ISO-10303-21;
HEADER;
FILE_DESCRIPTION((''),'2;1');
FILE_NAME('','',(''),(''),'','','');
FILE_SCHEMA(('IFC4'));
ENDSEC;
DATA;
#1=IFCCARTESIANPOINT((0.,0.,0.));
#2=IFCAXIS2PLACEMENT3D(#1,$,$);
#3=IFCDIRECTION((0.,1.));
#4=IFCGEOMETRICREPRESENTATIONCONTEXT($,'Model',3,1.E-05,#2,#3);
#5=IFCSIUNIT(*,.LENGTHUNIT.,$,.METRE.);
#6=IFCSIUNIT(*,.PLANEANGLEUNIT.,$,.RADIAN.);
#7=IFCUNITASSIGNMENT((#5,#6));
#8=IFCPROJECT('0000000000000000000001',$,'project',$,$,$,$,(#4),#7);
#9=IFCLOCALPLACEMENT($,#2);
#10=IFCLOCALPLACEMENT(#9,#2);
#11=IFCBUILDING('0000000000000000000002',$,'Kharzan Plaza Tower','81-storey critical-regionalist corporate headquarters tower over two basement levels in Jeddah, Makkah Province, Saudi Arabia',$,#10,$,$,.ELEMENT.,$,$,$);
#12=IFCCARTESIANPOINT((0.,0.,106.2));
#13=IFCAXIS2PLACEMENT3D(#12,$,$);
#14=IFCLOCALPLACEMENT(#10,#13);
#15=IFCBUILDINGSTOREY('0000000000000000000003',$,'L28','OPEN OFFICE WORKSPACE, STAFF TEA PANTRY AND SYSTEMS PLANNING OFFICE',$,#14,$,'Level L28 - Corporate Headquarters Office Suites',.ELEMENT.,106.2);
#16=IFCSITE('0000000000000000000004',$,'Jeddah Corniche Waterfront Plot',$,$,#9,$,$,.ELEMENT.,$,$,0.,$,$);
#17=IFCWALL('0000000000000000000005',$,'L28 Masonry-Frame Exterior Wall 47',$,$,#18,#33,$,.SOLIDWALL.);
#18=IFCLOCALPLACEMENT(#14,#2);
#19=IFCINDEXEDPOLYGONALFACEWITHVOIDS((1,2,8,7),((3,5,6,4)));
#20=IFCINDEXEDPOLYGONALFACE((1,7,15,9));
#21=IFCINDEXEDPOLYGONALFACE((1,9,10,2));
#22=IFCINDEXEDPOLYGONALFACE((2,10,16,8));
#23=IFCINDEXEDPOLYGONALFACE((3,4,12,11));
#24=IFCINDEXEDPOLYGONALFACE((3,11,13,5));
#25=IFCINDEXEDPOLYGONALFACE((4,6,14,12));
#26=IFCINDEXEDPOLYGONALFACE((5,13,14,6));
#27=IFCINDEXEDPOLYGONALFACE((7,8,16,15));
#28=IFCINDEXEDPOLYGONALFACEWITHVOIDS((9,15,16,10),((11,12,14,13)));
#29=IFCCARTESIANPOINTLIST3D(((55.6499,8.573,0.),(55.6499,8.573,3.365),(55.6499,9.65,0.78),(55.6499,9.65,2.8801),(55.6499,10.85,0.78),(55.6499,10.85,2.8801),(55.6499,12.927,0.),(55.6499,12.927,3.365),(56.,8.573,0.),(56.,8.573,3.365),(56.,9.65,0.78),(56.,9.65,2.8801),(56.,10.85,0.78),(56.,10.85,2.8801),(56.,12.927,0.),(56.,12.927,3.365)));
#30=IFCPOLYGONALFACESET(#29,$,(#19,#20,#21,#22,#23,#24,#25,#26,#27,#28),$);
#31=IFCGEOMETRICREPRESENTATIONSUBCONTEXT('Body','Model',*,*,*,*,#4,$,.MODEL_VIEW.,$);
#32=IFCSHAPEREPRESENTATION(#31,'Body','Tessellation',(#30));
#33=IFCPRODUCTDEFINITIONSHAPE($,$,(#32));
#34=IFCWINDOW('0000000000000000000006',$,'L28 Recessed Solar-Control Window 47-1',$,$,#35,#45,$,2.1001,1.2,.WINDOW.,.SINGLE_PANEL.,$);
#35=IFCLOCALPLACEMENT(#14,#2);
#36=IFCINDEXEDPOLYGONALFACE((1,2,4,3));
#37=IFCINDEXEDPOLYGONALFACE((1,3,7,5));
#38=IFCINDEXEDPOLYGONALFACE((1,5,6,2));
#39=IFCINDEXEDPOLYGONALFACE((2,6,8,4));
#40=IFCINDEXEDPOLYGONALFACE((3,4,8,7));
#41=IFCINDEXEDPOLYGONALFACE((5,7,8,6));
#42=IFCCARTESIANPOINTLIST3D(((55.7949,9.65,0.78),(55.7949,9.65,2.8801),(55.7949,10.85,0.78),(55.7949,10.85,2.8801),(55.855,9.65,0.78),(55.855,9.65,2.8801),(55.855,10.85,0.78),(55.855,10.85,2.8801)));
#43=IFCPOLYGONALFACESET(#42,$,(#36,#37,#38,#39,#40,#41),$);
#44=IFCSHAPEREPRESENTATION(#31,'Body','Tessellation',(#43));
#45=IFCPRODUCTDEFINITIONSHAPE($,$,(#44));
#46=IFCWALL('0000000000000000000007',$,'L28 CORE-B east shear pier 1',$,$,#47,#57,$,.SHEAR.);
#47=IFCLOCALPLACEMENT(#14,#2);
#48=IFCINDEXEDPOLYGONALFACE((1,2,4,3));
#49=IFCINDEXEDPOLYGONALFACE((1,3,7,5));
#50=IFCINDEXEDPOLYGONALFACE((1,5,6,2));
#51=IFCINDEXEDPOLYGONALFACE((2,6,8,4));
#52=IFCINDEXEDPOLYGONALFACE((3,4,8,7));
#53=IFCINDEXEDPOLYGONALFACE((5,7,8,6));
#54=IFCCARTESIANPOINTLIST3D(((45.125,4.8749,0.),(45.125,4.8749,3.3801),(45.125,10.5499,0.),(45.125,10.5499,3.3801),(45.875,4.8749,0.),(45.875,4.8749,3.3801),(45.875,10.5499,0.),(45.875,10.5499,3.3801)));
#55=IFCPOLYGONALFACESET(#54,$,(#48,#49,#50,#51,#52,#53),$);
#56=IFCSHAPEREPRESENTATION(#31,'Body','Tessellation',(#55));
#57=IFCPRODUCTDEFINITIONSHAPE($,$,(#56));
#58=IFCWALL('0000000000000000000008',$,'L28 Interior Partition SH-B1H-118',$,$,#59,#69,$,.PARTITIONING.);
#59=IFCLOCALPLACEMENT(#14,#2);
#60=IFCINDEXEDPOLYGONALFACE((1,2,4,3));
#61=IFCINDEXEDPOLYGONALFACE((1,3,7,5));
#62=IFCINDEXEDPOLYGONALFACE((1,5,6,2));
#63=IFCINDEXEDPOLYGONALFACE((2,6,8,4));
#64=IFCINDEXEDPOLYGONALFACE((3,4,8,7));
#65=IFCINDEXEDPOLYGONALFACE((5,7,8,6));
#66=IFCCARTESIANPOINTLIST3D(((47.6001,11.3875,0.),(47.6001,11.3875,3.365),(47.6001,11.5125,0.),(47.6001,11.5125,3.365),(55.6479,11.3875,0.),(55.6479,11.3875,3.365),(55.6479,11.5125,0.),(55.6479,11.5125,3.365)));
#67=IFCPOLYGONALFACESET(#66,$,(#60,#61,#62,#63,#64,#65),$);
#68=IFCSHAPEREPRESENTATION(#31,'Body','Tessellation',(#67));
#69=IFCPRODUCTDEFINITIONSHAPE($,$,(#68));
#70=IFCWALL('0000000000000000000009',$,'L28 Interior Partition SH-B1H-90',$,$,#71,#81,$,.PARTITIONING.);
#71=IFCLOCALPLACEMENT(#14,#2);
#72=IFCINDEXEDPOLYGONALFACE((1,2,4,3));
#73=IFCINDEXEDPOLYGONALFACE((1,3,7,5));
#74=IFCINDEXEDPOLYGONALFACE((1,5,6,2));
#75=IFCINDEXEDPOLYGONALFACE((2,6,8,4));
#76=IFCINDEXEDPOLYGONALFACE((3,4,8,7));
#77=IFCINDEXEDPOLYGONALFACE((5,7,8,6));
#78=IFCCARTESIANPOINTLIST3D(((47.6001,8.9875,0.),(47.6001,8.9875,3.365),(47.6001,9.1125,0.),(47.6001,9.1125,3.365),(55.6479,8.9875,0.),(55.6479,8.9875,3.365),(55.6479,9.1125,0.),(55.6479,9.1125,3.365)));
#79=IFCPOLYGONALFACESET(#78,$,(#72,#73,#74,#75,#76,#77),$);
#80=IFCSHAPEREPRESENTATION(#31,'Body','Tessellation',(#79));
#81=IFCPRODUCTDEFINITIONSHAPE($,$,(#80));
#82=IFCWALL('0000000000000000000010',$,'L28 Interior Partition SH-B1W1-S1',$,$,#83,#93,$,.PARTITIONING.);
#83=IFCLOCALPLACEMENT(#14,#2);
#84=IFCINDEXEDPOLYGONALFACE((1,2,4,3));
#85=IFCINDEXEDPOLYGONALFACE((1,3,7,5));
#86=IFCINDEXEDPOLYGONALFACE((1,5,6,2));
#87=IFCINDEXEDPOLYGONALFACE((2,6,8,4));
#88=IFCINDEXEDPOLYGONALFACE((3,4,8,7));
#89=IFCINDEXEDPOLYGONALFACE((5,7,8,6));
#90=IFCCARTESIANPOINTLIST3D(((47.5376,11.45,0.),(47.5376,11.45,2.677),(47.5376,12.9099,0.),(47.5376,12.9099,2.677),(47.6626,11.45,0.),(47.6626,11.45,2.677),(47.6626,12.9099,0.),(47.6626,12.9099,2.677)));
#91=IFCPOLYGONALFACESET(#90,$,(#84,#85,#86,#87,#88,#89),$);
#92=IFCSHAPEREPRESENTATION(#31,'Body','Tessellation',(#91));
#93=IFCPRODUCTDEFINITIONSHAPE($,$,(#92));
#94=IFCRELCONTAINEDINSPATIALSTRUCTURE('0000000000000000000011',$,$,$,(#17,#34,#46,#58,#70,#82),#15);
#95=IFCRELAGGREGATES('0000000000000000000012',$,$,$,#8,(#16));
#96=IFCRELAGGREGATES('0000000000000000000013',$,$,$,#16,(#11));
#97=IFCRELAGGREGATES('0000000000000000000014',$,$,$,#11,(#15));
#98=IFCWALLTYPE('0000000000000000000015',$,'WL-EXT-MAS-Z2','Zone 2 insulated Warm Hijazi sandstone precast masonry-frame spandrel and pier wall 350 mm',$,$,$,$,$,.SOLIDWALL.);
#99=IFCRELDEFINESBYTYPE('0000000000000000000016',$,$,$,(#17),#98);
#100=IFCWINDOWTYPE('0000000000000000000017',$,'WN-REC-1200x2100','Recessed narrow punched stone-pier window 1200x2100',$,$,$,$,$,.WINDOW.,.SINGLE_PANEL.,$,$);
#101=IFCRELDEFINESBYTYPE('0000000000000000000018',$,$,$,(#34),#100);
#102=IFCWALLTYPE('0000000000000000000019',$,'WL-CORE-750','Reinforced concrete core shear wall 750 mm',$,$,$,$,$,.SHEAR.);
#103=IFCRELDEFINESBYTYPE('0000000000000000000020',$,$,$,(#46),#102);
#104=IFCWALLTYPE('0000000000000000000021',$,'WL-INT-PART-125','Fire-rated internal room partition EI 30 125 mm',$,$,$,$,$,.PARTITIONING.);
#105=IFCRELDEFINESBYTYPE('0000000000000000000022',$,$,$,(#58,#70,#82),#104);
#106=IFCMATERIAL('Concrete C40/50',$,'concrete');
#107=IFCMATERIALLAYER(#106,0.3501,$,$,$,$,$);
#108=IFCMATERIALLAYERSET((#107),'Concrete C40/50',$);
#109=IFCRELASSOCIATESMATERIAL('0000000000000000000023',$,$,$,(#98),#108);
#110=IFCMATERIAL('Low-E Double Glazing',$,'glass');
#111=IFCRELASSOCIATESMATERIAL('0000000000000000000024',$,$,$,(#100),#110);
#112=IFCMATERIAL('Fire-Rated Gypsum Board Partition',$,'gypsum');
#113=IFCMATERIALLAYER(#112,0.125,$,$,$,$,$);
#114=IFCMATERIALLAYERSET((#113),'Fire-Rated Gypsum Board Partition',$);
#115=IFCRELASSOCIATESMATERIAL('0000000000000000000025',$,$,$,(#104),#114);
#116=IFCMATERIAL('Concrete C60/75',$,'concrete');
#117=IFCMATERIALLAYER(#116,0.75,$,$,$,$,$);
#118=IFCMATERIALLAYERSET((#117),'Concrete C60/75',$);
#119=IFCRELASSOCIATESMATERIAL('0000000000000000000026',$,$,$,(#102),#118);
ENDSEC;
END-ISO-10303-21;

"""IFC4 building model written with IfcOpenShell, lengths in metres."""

from ifc_helpers import new_model, si_unit, direction, frame, frame_2d, origin, place, context, subcontext, project, spatial, rectangle, extrude, source, transform, mapped, material, layer, layer_set, type_object, element, fill, save


model = new_model("IFC4")

# Units and contexts
model_context = context("Model", 3, precision=1e-05, world=origin(), true_north=direction((0.0, 1.0)))
body_context = subcontext(model_context, "Body", "Model", "MODEL_VIEW")
ifc_project = project(units=[si_unit("LENGTHUNIT", "METRE"), si_unit("PLANEANGLEUNIT", "RADIAN")], contexts=[model_context])

# Site, building, storey
site_placement = place(None, origin())
site = spatial("IfcSite", under=ifc_project, at=site_placement, Name="Jeddah Corniche Waterfront Plot", CompositionType="ELEMENT", RefElevation=0.0)
building_placement = place(site_placement, origin())
building = spatial("IfcBuilding", under=site, at=building_placement, Name="Kharzan Plaza Tower", Description="81-storey critical-regionalist corporate headquarters tower over two basement levels in Jeddah, Makkah Province, Saudi Arabia", CompositionType="ELEMENT")
storey_placement = place(building_placement, frame((0.0, 0.0, 106.2)))
storey = spatial("IfcBuildingStorey", under=building, at=storey_placement, Name="L28", Description="OPEN OFFICE WORKSPACE, STAFF TEA PANTRY AND SYSTEMS PLANNING OFFICE", LongName="Level L28 - Corporate Headquarters Office Suites", CompositionType="ELEMENT", Elevation=106.2)

# Shared definitions
ifc_material_1 = material(Name="Concrete C60/75", Category="concrete")

# Wall, opening, window
ifc_material_2 = material(Name="Concrete C40/50", Category="concrete")
ifc_layer_1 = layer(ifc_material_2, 0.3501)
ifc_layer_set_1 = layer_set([ifc_layer_1], Name="Concrete C40/50")
wall_type_1 = type_object("IfcWallType", Name="WL-EXT-MAS-Z2", Description="Zone 2 insulated Warm Hijazi sandstone precast masonry-frame spandrel and pier wall 350 mm", PredefinedType="SOLIDWALL", material=ifc_layer_set_1)
ifc_material_3 = material(Name="Low-E Double Glazing", Category="glass")
wall_1_placement = place(storey_placement, frame((55.825, 8.573, 0.0), z_axis=(0.0, 0.0, 1.0), x_axis=(0.0, 1.0, 0.0)))
wall_1 = element("IfcWall", 1, at=wall_1_placement, inside=storey, type_object=wall_type_1, Name="L28 Masonry-Frame Exterior Wall 47", PredefinedType="SOLIDWALL", context=body_context, shape_type="SweptSolid", body=[
    extrude(rectangle(XDim=4.354, YDim=0.3501, at=frame_2d((2.177, 0.0))), origin(), (0.0, 0.0, 1.0), 3.365),
])
opening_1_placement = place(wall_1_placement, frame((1.0769, 0.0, 0.78)))
opening_1 = element("IfcOpeningElement", 2, at=opening_1_placement, cuts=wall_1, PredefinedType="OPENING", context=body_context, shape_type="SweptSolid", body=[
    extrude(rectangle(XDim=1.2, YDim=2.1001, at=frame_2d((0.6001, 1.05))), frame((0.0, 0.1851, 0.0), z_axis=(0.0, -1.0, 0.0), x_axis=(1.0, 0.0, 0.0)), (0.0, 0.0, 1.0), 0.3701),
])
window_type_1 = type_object("IfcWindowType", Name="WN-REC-1200x2100", Description="Recessed narrow punched stone-pier window 1200x2100", PartitioningType="SINGLE_PANEL", PredefinedType="WINDOW", material=ifc_material_3)
shared_shape_1 = source(origin(), body_context, "Body", "SweptSolid", [
    extrude(rectangle(XDim=1.2, YDim=2.1001, at=frame_2d((0.6001, 1.05))), frame((0.0, 0.03, 0.0), z_axis=(0.0, -1.0, 0.0), x_axis=(1.0, 0.0, 0.0)), (0.0, 0.0, 1.0), 0.0601),
])
window_1_placement = place(opening_1_placement, origin())
window_1 = element("IfcWindow", 3, at=window_1_placement, inside=storey, type_object=window_type_1, Name="L28 Recessed Solar-Control Window 47-1", OverallHeight=2.1001, OverallWidth=1.2, PartitioningType="SINGLE_PANEL", PredefinedType="WINDOW", context=body_context, shape_type="MappedRepresentation", body=[
    mapped(shared_shape_1, transform((0.0, 0.0, 0.0), x_axis=(1.0, 0.0, 0.0), y_axis=(0.0, 1.0, 0.0), z_axis=(0.0, 0.0, 1.0))),
])
fill(opening_1, window_1)

# Shared definitions
ifc_material_4 = material(Name="Fire-Rated Gypsum Board Partition", Category="gypsum")
ifc_layer_2 = layer(ifc_material_4, 0.125)
ifc_layer_set_2 = layer_set([ifc_layer_2], Name="Fire-Rated Gypsum Board Partition")
wall_type_2 = type_object("IfcWallType", Name="WL-INT-PART-125", Description="Fire-rated internal room partition EI 30 125 mm", PredefinedType="PARTITIONING", material=ifc_layer_set_2)

# Walls
ifc_layer_3 = layer(ifc_material_1, 0.75)
ifc_layer_set_3 = layer_set([ifc_layer_3], Name="Concrete C60/75")
wall_type_3 = type_object("IfcWallType", Name="WL-CORE-750", Description="Reinforced concrete core shear wall 750 mm", PredefinedType="SHEAR", material=ifc_layer_set_3)
shared_shape_2 = source(origin(), body_context, "Body", "SweptSolid", [
    extrude(rectangle(XDim=5.675, YDim=0.75, at=frame_2d((2.8374, 0.0))), origin(), (0.0, 0.0, 1.0), 3.3801),
])
wall_2_placement = place(storey_placement, frame((45.5, 4.875, 0.0), z_axis=(0.0, 0.0, 1.0), x_axis=(0.0, 1.0, 0.0)))
element("IfcWall", 4, at=wall_2_placement, inside=storey, type_object=wall_type_3, Name="L28 CORE-B east shear pier 1", PredefinedType="SHEAR", context=body_context, shape_type="MappedRepresentation", body=[
    mapped(shared_shape_2, transform((0.0, 0.0, 0.0), x_axis=(1.0, 0.0, 0.0), y_axis=(0.0, 1.0, 0.0), z_axis=(0.0, 0.0, 1.0))),
])
shared_shape_3 = source(origin(), body_context, "Body", "SweptSolid", [
    extrude(rectangle(XDim=8.0479, YDim=0.125, at=frame_2d((4.0239, 0.0))), origin(), (0.0, 0.0, 1.0), 3.365),
])
for number, where, z_axis, x_axis, name in (
    (5, (47.6001, 11.45, 0.0), (0.0, 0.0, 1.0), (1.0, 0.0, 0.0), "L28 Interior Partition SH-B1H-118"),
    (6, (47.6001, 9.05, 0.0), (0.0, 0.0, 1.0), (1.0, 0.0, 0.0), "L28 Interior Partition SH-B1H-90"),
):
    element("IfcWall", number, at=place(storey_placement, frame(where, z_axis=z_axis, x_axis=x_axis)), inside=storey, type_object=wall_type_2, Name=name, PredefinedType="PARTITIONING", context=body_context, shape_type="MappedRepresentation", body=[
        mapped(shared_shape_3, transform((0.0, 0.0, 0.0), x_axis=(1.0, 0.0, 0.0), y_axis=(0.0, 1.0, 0.0), z_axis=(0.0, 0.0, 1.0))),
    ])
shared_shape_4 = source(origin(), body_context, "Body", "SweptSolid", [
    extrude(rectangle(XDim=1.46, YDim=0.125, at=frame_2d((0.73, 0.0))), origin(), (0.0, 0.0, 1.0), 2.677),
])
wall_3_placement = place(storey_placement, frame((47.6001, 11.45, 0.0), z_axis=(0.0, 0.0, 1.0), x_axis=(0.0, 1.0, 0.0)))
element("IfcWall", 7, at=wall_3_placement, inside=storey, type_object=wall_type_2, Name="L28 Interior Partition SH-B1W1-S1", PredefinedType="PARTITIONING", context=body_context, shape_type="MappedRepresentation", body=[
    mapped(shared_shape_4, transform((0.0, 0.0, 0.0), x_axis=(1.0, 0.0, 0.0), y_axis=(0.0, 1.0, 0.0), z_axis=(0.0, 0.0, 1.0))),
])

save(model, "model.ifc")
